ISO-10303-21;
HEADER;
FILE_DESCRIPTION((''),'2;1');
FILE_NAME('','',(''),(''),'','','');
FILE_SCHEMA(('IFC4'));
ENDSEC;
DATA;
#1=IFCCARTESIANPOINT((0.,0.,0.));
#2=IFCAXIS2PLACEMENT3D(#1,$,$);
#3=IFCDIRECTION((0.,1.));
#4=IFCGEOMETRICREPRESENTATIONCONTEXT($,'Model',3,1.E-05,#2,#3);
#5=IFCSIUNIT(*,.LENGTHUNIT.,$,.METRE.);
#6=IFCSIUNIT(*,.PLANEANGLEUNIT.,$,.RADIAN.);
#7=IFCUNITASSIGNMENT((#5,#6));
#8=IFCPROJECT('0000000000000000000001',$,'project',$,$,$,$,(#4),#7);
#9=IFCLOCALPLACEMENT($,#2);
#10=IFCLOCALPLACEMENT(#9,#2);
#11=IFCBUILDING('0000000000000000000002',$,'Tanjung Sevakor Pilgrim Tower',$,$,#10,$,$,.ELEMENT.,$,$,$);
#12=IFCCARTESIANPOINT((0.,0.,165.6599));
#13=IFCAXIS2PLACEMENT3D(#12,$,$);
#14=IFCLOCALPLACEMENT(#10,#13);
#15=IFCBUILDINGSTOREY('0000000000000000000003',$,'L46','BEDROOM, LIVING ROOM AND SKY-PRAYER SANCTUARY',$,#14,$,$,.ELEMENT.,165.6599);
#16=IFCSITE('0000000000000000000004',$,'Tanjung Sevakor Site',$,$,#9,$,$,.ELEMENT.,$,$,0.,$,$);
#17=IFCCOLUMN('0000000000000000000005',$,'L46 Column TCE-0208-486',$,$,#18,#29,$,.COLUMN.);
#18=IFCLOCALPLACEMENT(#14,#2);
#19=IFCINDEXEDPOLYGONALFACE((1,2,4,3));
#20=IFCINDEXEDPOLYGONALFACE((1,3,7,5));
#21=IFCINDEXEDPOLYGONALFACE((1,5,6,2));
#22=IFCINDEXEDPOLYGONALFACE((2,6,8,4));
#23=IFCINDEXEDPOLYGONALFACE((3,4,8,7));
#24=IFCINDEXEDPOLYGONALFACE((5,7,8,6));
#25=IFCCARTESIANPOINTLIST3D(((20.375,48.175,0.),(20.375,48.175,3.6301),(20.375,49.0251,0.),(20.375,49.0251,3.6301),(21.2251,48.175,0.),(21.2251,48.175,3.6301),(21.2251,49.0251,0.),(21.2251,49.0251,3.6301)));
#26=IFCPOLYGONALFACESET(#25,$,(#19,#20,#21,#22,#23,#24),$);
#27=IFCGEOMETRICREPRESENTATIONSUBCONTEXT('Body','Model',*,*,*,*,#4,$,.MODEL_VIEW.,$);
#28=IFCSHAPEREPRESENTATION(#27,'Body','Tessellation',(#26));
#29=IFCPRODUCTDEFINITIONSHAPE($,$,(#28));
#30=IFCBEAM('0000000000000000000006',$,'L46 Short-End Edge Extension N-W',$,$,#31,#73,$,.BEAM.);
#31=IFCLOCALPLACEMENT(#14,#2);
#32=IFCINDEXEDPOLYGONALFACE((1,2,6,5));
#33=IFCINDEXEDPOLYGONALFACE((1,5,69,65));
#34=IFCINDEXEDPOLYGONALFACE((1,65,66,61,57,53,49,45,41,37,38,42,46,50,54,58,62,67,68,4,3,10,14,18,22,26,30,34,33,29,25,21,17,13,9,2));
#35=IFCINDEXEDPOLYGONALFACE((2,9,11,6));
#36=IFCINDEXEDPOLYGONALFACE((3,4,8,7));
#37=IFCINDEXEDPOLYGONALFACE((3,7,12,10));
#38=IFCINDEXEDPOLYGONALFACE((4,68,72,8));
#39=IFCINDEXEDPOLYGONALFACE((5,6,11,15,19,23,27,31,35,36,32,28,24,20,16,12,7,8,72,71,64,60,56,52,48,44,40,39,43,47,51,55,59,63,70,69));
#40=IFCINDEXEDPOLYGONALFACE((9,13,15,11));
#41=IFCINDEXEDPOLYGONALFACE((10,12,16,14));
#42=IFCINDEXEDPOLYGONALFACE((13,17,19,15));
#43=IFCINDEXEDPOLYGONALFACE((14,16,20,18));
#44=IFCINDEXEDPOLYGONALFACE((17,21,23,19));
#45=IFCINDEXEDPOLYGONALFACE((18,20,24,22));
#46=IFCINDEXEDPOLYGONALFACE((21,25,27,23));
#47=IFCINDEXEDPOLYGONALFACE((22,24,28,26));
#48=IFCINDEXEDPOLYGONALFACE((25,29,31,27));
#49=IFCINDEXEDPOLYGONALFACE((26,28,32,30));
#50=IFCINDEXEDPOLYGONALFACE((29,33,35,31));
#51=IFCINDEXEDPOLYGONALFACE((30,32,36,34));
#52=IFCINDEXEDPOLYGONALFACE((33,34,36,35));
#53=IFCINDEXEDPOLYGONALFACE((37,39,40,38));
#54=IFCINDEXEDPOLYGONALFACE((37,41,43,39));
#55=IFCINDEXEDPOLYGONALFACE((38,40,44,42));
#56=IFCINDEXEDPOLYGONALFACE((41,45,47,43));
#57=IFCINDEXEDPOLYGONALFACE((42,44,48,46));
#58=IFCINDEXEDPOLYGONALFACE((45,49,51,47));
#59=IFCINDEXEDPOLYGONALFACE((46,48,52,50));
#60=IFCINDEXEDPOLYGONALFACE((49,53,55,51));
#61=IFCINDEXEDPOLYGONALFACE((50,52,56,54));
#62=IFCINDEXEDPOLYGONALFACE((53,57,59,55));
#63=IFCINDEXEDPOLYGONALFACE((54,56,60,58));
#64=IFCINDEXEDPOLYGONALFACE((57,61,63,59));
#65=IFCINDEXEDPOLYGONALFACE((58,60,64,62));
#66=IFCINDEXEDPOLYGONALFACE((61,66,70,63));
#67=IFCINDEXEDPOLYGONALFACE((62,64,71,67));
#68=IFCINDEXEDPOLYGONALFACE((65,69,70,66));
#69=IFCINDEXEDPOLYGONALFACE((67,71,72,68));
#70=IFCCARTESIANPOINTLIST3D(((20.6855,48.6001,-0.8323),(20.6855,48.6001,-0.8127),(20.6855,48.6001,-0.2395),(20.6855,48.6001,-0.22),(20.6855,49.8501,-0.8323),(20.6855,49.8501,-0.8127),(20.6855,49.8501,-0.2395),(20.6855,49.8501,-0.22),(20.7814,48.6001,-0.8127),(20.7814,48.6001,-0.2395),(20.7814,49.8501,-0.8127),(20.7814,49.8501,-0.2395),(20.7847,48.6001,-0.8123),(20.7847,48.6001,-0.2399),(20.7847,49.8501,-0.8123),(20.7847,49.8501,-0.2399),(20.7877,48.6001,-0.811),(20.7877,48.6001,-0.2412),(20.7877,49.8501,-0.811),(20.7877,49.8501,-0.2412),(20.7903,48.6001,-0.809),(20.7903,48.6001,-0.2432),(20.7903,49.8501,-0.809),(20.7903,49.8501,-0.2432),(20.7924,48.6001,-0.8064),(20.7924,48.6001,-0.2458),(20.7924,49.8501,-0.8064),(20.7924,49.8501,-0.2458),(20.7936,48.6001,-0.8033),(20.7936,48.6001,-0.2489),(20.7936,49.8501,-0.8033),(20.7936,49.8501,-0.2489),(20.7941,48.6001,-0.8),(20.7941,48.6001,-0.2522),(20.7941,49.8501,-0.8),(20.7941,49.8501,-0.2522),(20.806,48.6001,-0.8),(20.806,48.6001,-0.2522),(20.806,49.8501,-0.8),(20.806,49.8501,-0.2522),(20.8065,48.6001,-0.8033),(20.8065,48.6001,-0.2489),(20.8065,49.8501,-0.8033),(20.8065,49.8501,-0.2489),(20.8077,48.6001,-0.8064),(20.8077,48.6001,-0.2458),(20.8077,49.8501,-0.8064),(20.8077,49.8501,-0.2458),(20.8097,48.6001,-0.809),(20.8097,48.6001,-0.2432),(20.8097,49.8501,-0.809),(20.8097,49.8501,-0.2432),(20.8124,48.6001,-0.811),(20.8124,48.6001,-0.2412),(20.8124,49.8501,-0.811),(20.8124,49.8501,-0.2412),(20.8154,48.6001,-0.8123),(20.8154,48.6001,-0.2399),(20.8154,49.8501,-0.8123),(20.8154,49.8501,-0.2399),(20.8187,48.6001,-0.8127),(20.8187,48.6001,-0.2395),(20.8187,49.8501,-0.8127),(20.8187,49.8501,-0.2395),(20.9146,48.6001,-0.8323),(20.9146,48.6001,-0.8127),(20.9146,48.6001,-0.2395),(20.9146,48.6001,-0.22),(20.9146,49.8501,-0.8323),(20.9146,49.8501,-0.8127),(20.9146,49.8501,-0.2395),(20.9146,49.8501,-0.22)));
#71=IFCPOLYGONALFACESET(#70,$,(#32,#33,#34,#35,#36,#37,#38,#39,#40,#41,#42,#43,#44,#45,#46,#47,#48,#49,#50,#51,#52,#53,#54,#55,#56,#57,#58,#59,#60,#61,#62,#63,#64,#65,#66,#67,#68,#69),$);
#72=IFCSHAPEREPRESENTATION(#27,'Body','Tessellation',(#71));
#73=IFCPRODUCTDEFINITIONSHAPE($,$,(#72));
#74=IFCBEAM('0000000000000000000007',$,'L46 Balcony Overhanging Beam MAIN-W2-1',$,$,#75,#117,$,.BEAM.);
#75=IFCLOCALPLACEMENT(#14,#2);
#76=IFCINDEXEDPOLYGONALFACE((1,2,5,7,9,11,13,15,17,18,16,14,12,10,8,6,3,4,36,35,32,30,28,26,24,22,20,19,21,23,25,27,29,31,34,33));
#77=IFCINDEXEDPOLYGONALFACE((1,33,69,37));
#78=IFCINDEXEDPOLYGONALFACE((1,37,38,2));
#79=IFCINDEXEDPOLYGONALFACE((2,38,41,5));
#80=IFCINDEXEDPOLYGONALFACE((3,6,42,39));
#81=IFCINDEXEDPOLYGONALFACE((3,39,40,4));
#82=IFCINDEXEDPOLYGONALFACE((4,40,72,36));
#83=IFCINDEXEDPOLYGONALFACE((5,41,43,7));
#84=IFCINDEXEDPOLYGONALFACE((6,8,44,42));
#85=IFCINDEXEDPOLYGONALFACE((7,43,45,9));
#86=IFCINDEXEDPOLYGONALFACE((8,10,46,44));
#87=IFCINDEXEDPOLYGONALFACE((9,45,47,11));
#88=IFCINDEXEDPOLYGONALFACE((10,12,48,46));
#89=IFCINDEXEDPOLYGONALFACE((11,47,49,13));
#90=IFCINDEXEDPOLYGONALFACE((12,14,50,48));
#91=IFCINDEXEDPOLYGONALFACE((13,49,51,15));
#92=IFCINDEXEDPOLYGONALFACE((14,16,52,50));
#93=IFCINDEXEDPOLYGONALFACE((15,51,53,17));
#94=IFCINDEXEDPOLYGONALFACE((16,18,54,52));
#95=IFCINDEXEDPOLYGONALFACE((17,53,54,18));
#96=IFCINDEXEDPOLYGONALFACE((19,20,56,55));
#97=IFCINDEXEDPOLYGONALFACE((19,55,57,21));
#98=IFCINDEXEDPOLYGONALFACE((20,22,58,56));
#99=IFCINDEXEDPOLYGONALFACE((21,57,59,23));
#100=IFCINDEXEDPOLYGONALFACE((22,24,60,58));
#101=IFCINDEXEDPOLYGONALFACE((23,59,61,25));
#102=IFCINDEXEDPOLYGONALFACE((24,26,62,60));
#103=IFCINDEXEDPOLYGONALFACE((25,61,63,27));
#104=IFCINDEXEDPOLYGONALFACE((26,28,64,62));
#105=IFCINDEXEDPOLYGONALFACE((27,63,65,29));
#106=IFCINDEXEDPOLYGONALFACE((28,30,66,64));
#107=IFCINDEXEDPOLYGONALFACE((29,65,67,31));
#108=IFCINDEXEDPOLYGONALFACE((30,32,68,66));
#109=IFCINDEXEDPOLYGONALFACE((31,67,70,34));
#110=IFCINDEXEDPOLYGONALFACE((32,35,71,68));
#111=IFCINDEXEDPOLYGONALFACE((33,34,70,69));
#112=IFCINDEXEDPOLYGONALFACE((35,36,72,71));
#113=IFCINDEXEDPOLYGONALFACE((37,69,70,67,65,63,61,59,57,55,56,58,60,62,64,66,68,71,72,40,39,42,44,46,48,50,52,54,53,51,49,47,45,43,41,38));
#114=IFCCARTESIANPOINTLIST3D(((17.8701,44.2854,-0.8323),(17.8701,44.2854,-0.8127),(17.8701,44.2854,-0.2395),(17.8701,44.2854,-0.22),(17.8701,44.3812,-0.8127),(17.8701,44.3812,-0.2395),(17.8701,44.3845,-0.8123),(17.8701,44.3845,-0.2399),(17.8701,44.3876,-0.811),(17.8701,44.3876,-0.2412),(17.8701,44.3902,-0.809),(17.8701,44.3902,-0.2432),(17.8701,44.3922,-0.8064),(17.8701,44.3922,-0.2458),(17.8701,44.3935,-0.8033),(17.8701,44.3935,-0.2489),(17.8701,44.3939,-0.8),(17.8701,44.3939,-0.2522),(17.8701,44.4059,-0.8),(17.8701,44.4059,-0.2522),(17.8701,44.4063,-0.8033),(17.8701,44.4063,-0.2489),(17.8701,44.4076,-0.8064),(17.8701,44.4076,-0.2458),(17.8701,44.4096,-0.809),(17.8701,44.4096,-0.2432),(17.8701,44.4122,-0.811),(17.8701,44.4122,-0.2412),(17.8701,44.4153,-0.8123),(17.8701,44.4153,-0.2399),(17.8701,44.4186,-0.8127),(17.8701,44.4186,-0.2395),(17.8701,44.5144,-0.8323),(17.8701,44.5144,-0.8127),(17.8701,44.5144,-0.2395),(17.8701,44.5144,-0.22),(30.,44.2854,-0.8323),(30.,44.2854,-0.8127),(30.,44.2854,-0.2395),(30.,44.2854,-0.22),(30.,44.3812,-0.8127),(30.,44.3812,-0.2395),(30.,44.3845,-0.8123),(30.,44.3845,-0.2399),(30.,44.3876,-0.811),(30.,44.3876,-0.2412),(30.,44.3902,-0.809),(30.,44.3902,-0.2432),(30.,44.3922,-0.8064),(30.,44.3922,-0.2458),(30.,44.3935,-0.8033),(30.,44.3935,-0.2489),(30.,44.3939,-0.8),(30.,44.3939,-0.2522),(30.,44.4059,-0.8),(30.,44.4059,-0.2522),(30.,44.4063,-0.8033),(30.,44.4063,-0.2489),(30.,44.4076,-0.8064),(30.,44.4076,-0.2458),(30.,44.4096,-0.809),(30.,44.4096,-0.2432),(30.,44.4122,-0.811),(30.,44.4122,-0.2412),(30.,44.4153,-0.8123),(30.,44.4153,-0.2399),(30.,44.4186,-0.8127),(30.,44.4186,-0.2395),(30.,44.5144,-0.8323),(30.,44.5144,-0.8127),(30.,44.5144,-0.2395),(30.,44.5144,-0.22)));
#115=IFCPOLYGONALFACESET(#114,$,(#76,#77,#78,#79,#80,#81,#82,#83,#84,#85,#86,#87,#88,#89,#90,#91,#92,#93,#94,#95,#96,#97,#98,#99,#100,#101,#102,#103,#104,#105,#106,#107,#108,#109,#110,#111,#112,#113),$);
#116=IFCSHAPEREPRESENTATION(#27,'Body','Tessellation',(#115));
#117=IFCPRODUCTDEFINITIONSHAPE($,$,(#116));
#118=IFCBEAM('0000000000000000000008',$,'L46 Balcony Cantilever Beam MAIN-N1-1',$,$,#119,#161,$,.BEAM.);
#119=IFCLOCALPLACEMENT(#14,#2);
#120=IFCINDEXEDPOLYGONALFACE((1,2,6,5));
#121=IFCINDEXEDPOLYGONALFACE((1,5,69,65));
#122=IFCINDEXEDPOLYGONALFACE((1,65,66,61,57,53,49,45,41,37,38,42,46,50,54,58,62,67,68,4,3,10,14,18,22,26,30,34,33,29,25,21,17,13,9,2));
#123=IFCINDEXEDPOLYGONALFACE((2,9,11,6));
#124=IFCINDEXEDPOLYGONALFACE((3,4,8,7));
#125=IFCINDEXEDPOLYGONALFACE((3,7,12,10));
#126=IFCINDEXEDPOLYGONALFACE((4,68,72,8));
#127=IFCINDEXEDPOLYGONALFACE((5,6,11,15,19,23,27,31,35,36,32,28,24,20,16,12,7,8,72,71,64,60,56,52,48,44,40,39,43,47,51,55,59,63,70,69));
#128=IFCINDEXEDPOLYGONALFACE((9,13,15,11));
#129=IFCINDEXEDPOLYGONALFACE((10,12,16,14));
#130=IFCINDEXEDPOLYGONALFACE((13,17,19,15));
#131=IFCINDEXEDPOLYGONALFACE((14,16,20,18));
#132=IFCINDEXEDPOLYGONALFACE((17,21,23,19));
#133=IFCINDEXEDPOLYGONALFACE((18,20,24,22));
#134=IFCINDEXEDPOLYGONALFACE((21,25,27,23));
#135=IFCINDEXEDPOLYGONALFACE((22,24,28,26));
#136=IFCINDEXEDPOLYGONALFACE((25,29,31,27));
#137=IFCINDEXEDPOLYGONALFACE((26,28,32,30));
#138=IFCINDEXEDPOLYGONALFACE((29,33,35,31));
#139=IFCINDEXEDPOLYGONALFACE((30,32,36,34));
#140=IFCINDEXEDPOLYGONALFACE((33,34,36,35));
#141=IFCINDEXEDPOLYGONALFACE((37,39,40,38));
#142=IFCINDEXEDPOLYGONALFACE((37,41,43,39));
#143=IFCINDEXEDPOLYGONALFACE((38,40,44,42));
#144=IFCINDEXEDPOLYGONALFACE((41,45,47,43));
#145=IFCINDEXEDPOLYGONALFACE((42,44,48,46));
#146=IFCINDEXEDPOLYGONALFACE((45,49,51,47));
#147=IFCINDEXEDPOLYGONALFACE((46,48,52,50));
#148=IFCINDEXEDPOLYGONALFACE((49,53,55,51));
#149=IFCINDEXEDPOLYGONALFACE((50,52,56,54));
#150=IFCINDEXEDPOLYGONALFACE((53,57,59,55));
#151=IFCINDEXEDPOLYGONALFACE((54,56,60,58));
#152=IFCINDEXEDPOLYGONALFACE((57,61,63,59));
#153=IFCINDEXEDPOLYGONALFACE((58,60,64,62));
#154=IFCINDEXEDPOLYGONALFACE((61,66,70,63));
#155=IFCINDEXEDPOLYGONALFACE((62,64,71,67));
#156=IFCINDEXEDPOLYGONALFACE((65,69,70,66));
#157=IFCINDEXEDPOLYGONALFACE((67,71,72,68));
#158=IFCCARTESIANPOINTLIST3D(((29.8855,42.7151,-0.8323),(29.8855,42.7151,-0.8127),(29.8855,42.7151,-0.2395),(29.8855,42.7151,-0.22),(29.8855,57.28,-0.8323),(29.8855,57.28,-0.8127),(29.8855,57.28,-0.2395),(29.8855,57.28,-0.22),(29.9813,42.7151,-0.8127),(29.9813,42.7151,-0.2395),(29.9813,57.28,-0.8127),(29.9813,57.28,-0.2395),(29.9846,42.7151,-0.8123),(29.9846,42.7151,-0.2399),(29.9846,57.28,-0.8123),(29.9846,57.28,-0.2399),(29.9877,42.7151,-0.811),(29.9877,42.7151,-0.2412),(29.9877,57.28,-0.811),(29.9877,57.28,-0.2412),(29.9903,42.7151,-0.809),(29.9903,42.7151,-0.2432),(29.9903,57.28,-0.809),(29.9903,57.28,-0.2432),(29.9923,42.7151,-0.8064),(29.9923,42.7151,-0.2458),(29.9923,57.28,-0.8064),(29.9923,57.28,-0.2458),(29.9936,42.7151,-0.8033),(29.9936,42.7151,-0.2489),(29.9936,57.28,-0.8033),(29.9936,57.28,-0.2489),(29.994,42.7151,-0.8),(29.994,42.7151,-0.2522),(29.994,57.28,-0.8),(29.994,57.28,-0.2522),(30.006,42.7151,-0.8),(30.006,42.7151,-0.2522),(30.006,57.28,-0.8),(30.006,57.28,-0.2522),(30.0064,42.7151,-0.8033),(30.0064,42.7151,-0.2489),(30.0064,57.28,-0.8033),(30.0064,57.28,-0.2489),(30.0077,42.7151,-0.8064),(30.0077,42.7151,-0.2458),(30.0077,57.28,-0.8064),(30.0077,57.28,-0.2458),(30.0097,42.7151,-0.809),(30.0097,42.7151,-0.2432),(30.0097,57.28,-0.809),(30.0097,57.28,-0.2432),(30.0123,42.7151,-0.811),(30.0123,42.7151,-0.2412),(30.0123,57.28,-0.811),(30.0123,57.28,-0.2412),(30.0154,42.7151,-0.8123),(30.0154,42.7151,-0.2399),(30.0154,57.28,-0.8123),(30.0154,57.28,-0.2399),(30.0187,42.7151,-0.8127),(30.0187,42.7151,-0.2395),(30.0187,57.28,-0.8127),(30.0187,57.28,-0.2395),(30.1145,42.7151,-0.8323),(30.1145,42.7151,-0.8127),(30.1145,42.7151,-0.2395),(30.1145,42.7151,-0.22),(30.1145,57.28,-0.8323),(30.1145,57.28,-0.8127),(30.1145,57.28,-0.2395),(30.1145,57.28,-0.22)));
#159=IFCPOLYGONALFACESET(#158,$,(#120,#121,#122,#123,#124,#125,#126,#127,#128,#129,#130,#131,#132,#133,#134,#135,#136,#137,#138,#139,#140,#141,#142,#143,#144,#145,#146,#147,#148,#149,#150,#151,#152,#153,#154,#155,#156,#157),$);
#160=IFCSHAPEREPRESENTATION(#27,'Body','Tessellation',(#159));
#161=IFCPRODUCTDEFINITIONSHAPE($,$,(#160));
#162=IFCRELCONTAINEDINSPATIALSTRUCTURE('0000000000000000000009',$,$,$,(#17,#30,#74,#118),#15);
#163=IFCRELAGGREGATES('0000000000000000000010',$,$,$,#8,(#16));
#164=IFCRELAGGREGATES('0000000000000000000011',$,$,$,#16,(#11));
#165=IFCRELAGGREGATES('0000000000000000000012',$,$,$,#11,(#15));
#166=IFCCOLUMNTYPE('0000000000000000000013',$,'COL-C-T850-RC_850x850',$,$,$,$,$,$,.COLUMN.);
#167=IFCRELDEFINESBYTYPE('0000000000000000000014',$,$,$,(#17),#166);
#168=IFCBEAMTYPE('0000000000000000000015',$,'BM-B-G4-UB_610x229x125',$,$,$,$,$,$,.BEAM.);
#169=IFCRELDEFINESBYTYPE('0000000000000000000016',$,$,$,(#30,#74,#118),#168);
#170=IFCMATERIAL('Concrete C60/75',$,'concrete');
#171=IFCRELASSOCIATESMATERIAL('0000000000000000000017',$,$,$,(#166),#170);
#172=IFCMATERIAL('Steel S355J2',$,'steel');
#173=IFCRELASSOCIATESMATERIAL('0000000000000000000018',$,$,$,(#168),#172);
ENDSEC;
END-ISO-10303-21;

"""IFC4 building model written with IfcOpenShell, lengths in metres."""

from ifc_helpers import new_model, si_unit, direction, frame, origin, origin_2d, place, context, subcontext, project, spatial, rectangle, i_section, extrude, material, material_profile, profile_set, type_object, element, save


model = new_model("IFC4")

# Units and contexts
model_context = context("Model", 3, precision=1e-05, world=origin(), true_north=direction((0.0, 1.0)))
body_context = subcontext(model_context, "Body", "Model", "MODEL_VIEW")
ifc_project = project(units=[si_unit("LENGTHUNIT", "METRE"), si_unit("PLANEANGLEUNIT", "RADIAN")], contexts=[model_context])

# Site, building, storey
site_placement = place(None, origin())
site = spatial("IfcSite", under=ifc_project, at=site_placement, Name="Tanjung Sevakor Site", CompositionType="ELEMENT", RefElevation=0.0)
building_placement = place(site_placement, origin())
building = spatial("IfcBuilding", under=site, at=building_placement, Name="Tanjung Sevakor Pilgrim Tower", CompositionType="ELEMENT")
storey_placement = place(building_placement, frame((0.0, 0.0, 165.6599)))
storey = spatial("IfcBuildingStorey", under=building, at=storey_placement, Name="L46", Description="BEDROOM, LIVING ROOM AND SKY-PRAYER SANCTUARY", CompositionType="ELEMENT", Elevation=165.6599)

# Column
ifc_material_1 = material(Name="Concrete C60/75", Category="concrete")
ifc_material_profile_1 = material_profile(ifc_material_1, rectangle(XDim=0.8501, YDim=0.8501, at=origin_2d()))
ifc_profile_set_1 = profile_set([ifc_material_profile_1], Name="Concrete C60/75")
column_type = type_object("IfcColumnType", Name="COL-C-T850-RC_850x850", PredefinedType="COLUMN", material=ifc_profile_set_1)
column_placement = place(storey_placement, frame((20.8, 48.6001, 0.0), z_axis=(0.0, 0.0, 1.0), x_axis=(1.0, 0.0, 0.0)))
element("IfcColumn", 1, at=column_placement, inside=storey, type_object=column_type, Name="L46 Column TCE-0208-486", PredefinedType="COLUMN", context=body_context, shape_type="SweptSolid", body=[
    extrude(rectangle(XDim=0.8501, YDim=0.8501, at=origin_2d()), origin(), (0.0, 0.0, 1.0), 3.6301),
])

# Beams
ifc_material_2 = material(Name="Steel S355J2", Category="steel")
ifc_material_profile_2 = material_profile(ifc_material_2, i_section(OverallWidth=0.229, OverallDepth=0.6123, WebThickness=0.012, FlangeThickness=0.0195, FilletRadius=0.0127, at=origin_2d()))
ifc_profile_set_2 = profile_set([ifc_material_profile_2], Name="Steel S355J2")
beam_type_1 = type_object("IfcBeamType", Name="BM-B-G4-UB_610x229x125", PredefinedType="BEAM", material=ifc_profile_set_2)
beam_1_placement = place(storey_placement, frame((20.8, 48.6001, -0.5261), z_axis=(0.0, 1.0, 0.0), x_axis=(-1.0, 0.0, 0.0)))
element("IfcBeam", 2, at=beam_1_placement, inside=storey, type_object=beam_type_1, Name="L46 Short-End Edge Extension N-W", PredefinedType="BEAM", context=body_context, shape_type="SweptSolid", body=[
    extrude(i_section(OverallWidth=0.229, OverallDepth=0.6123, WebThickness=0.012, FlangeThickness=0.0195, FilletRadius=0.0127, at=origin_2d()), origin(), (0.0, 0.0, 1.0), 1.25),
])
beam_2_placement = place(storey_placement, frame((30.0, 44.3999, -0.5261), z_axis=(-1.0, 0.0, 0.0), x_axis=(0.0, -1.0, 0.0)))
element("IfcBeam", 3, at=beam_2_placement, inside=storey, type_object=beam_type_1, Name="L46 Balcony Overhanging Beam MAIN-W2-1", PredefinedType="BEAM", context=body_context, shape_type="SweptSolid", body=[
    extrude(i_section(OverallWidth=0.229, OverallDepth=0.6123, WebThickness=0.012, FlangeThickness=0.0195, FilletRadius=0.0127, at=origin_2d()), origin(), (0.0, 0.0, 1.0), 12.1299),
])
beam_3_placement = place(storey_placement, frame((30.0, 42.7151, -0.5261), z_axis=(0.0, 1.0, 0.0), x_axis=(-1.0, 0.0, 0.0)))
element("IfcBeam", 4, at=beam_3_placement, inside=storey, type_object=beam_type_1, Name="L46 Balcony Cantilever Beam MAIN-N1-1", PredefinedType="BEAM", context=body_context, shape_type="SweptSolid", body=[
    extrude(i_section(OverallWidth=0.229, OverallDepth=0.6123, WebThickness=0.012, FlangeThickness=0.0195, FilletRadius=0.0127, at=origin_2d()), origin(), (0.0, 0.0, 1.0), 14.5649),
])

save(model, "model.ifc")
